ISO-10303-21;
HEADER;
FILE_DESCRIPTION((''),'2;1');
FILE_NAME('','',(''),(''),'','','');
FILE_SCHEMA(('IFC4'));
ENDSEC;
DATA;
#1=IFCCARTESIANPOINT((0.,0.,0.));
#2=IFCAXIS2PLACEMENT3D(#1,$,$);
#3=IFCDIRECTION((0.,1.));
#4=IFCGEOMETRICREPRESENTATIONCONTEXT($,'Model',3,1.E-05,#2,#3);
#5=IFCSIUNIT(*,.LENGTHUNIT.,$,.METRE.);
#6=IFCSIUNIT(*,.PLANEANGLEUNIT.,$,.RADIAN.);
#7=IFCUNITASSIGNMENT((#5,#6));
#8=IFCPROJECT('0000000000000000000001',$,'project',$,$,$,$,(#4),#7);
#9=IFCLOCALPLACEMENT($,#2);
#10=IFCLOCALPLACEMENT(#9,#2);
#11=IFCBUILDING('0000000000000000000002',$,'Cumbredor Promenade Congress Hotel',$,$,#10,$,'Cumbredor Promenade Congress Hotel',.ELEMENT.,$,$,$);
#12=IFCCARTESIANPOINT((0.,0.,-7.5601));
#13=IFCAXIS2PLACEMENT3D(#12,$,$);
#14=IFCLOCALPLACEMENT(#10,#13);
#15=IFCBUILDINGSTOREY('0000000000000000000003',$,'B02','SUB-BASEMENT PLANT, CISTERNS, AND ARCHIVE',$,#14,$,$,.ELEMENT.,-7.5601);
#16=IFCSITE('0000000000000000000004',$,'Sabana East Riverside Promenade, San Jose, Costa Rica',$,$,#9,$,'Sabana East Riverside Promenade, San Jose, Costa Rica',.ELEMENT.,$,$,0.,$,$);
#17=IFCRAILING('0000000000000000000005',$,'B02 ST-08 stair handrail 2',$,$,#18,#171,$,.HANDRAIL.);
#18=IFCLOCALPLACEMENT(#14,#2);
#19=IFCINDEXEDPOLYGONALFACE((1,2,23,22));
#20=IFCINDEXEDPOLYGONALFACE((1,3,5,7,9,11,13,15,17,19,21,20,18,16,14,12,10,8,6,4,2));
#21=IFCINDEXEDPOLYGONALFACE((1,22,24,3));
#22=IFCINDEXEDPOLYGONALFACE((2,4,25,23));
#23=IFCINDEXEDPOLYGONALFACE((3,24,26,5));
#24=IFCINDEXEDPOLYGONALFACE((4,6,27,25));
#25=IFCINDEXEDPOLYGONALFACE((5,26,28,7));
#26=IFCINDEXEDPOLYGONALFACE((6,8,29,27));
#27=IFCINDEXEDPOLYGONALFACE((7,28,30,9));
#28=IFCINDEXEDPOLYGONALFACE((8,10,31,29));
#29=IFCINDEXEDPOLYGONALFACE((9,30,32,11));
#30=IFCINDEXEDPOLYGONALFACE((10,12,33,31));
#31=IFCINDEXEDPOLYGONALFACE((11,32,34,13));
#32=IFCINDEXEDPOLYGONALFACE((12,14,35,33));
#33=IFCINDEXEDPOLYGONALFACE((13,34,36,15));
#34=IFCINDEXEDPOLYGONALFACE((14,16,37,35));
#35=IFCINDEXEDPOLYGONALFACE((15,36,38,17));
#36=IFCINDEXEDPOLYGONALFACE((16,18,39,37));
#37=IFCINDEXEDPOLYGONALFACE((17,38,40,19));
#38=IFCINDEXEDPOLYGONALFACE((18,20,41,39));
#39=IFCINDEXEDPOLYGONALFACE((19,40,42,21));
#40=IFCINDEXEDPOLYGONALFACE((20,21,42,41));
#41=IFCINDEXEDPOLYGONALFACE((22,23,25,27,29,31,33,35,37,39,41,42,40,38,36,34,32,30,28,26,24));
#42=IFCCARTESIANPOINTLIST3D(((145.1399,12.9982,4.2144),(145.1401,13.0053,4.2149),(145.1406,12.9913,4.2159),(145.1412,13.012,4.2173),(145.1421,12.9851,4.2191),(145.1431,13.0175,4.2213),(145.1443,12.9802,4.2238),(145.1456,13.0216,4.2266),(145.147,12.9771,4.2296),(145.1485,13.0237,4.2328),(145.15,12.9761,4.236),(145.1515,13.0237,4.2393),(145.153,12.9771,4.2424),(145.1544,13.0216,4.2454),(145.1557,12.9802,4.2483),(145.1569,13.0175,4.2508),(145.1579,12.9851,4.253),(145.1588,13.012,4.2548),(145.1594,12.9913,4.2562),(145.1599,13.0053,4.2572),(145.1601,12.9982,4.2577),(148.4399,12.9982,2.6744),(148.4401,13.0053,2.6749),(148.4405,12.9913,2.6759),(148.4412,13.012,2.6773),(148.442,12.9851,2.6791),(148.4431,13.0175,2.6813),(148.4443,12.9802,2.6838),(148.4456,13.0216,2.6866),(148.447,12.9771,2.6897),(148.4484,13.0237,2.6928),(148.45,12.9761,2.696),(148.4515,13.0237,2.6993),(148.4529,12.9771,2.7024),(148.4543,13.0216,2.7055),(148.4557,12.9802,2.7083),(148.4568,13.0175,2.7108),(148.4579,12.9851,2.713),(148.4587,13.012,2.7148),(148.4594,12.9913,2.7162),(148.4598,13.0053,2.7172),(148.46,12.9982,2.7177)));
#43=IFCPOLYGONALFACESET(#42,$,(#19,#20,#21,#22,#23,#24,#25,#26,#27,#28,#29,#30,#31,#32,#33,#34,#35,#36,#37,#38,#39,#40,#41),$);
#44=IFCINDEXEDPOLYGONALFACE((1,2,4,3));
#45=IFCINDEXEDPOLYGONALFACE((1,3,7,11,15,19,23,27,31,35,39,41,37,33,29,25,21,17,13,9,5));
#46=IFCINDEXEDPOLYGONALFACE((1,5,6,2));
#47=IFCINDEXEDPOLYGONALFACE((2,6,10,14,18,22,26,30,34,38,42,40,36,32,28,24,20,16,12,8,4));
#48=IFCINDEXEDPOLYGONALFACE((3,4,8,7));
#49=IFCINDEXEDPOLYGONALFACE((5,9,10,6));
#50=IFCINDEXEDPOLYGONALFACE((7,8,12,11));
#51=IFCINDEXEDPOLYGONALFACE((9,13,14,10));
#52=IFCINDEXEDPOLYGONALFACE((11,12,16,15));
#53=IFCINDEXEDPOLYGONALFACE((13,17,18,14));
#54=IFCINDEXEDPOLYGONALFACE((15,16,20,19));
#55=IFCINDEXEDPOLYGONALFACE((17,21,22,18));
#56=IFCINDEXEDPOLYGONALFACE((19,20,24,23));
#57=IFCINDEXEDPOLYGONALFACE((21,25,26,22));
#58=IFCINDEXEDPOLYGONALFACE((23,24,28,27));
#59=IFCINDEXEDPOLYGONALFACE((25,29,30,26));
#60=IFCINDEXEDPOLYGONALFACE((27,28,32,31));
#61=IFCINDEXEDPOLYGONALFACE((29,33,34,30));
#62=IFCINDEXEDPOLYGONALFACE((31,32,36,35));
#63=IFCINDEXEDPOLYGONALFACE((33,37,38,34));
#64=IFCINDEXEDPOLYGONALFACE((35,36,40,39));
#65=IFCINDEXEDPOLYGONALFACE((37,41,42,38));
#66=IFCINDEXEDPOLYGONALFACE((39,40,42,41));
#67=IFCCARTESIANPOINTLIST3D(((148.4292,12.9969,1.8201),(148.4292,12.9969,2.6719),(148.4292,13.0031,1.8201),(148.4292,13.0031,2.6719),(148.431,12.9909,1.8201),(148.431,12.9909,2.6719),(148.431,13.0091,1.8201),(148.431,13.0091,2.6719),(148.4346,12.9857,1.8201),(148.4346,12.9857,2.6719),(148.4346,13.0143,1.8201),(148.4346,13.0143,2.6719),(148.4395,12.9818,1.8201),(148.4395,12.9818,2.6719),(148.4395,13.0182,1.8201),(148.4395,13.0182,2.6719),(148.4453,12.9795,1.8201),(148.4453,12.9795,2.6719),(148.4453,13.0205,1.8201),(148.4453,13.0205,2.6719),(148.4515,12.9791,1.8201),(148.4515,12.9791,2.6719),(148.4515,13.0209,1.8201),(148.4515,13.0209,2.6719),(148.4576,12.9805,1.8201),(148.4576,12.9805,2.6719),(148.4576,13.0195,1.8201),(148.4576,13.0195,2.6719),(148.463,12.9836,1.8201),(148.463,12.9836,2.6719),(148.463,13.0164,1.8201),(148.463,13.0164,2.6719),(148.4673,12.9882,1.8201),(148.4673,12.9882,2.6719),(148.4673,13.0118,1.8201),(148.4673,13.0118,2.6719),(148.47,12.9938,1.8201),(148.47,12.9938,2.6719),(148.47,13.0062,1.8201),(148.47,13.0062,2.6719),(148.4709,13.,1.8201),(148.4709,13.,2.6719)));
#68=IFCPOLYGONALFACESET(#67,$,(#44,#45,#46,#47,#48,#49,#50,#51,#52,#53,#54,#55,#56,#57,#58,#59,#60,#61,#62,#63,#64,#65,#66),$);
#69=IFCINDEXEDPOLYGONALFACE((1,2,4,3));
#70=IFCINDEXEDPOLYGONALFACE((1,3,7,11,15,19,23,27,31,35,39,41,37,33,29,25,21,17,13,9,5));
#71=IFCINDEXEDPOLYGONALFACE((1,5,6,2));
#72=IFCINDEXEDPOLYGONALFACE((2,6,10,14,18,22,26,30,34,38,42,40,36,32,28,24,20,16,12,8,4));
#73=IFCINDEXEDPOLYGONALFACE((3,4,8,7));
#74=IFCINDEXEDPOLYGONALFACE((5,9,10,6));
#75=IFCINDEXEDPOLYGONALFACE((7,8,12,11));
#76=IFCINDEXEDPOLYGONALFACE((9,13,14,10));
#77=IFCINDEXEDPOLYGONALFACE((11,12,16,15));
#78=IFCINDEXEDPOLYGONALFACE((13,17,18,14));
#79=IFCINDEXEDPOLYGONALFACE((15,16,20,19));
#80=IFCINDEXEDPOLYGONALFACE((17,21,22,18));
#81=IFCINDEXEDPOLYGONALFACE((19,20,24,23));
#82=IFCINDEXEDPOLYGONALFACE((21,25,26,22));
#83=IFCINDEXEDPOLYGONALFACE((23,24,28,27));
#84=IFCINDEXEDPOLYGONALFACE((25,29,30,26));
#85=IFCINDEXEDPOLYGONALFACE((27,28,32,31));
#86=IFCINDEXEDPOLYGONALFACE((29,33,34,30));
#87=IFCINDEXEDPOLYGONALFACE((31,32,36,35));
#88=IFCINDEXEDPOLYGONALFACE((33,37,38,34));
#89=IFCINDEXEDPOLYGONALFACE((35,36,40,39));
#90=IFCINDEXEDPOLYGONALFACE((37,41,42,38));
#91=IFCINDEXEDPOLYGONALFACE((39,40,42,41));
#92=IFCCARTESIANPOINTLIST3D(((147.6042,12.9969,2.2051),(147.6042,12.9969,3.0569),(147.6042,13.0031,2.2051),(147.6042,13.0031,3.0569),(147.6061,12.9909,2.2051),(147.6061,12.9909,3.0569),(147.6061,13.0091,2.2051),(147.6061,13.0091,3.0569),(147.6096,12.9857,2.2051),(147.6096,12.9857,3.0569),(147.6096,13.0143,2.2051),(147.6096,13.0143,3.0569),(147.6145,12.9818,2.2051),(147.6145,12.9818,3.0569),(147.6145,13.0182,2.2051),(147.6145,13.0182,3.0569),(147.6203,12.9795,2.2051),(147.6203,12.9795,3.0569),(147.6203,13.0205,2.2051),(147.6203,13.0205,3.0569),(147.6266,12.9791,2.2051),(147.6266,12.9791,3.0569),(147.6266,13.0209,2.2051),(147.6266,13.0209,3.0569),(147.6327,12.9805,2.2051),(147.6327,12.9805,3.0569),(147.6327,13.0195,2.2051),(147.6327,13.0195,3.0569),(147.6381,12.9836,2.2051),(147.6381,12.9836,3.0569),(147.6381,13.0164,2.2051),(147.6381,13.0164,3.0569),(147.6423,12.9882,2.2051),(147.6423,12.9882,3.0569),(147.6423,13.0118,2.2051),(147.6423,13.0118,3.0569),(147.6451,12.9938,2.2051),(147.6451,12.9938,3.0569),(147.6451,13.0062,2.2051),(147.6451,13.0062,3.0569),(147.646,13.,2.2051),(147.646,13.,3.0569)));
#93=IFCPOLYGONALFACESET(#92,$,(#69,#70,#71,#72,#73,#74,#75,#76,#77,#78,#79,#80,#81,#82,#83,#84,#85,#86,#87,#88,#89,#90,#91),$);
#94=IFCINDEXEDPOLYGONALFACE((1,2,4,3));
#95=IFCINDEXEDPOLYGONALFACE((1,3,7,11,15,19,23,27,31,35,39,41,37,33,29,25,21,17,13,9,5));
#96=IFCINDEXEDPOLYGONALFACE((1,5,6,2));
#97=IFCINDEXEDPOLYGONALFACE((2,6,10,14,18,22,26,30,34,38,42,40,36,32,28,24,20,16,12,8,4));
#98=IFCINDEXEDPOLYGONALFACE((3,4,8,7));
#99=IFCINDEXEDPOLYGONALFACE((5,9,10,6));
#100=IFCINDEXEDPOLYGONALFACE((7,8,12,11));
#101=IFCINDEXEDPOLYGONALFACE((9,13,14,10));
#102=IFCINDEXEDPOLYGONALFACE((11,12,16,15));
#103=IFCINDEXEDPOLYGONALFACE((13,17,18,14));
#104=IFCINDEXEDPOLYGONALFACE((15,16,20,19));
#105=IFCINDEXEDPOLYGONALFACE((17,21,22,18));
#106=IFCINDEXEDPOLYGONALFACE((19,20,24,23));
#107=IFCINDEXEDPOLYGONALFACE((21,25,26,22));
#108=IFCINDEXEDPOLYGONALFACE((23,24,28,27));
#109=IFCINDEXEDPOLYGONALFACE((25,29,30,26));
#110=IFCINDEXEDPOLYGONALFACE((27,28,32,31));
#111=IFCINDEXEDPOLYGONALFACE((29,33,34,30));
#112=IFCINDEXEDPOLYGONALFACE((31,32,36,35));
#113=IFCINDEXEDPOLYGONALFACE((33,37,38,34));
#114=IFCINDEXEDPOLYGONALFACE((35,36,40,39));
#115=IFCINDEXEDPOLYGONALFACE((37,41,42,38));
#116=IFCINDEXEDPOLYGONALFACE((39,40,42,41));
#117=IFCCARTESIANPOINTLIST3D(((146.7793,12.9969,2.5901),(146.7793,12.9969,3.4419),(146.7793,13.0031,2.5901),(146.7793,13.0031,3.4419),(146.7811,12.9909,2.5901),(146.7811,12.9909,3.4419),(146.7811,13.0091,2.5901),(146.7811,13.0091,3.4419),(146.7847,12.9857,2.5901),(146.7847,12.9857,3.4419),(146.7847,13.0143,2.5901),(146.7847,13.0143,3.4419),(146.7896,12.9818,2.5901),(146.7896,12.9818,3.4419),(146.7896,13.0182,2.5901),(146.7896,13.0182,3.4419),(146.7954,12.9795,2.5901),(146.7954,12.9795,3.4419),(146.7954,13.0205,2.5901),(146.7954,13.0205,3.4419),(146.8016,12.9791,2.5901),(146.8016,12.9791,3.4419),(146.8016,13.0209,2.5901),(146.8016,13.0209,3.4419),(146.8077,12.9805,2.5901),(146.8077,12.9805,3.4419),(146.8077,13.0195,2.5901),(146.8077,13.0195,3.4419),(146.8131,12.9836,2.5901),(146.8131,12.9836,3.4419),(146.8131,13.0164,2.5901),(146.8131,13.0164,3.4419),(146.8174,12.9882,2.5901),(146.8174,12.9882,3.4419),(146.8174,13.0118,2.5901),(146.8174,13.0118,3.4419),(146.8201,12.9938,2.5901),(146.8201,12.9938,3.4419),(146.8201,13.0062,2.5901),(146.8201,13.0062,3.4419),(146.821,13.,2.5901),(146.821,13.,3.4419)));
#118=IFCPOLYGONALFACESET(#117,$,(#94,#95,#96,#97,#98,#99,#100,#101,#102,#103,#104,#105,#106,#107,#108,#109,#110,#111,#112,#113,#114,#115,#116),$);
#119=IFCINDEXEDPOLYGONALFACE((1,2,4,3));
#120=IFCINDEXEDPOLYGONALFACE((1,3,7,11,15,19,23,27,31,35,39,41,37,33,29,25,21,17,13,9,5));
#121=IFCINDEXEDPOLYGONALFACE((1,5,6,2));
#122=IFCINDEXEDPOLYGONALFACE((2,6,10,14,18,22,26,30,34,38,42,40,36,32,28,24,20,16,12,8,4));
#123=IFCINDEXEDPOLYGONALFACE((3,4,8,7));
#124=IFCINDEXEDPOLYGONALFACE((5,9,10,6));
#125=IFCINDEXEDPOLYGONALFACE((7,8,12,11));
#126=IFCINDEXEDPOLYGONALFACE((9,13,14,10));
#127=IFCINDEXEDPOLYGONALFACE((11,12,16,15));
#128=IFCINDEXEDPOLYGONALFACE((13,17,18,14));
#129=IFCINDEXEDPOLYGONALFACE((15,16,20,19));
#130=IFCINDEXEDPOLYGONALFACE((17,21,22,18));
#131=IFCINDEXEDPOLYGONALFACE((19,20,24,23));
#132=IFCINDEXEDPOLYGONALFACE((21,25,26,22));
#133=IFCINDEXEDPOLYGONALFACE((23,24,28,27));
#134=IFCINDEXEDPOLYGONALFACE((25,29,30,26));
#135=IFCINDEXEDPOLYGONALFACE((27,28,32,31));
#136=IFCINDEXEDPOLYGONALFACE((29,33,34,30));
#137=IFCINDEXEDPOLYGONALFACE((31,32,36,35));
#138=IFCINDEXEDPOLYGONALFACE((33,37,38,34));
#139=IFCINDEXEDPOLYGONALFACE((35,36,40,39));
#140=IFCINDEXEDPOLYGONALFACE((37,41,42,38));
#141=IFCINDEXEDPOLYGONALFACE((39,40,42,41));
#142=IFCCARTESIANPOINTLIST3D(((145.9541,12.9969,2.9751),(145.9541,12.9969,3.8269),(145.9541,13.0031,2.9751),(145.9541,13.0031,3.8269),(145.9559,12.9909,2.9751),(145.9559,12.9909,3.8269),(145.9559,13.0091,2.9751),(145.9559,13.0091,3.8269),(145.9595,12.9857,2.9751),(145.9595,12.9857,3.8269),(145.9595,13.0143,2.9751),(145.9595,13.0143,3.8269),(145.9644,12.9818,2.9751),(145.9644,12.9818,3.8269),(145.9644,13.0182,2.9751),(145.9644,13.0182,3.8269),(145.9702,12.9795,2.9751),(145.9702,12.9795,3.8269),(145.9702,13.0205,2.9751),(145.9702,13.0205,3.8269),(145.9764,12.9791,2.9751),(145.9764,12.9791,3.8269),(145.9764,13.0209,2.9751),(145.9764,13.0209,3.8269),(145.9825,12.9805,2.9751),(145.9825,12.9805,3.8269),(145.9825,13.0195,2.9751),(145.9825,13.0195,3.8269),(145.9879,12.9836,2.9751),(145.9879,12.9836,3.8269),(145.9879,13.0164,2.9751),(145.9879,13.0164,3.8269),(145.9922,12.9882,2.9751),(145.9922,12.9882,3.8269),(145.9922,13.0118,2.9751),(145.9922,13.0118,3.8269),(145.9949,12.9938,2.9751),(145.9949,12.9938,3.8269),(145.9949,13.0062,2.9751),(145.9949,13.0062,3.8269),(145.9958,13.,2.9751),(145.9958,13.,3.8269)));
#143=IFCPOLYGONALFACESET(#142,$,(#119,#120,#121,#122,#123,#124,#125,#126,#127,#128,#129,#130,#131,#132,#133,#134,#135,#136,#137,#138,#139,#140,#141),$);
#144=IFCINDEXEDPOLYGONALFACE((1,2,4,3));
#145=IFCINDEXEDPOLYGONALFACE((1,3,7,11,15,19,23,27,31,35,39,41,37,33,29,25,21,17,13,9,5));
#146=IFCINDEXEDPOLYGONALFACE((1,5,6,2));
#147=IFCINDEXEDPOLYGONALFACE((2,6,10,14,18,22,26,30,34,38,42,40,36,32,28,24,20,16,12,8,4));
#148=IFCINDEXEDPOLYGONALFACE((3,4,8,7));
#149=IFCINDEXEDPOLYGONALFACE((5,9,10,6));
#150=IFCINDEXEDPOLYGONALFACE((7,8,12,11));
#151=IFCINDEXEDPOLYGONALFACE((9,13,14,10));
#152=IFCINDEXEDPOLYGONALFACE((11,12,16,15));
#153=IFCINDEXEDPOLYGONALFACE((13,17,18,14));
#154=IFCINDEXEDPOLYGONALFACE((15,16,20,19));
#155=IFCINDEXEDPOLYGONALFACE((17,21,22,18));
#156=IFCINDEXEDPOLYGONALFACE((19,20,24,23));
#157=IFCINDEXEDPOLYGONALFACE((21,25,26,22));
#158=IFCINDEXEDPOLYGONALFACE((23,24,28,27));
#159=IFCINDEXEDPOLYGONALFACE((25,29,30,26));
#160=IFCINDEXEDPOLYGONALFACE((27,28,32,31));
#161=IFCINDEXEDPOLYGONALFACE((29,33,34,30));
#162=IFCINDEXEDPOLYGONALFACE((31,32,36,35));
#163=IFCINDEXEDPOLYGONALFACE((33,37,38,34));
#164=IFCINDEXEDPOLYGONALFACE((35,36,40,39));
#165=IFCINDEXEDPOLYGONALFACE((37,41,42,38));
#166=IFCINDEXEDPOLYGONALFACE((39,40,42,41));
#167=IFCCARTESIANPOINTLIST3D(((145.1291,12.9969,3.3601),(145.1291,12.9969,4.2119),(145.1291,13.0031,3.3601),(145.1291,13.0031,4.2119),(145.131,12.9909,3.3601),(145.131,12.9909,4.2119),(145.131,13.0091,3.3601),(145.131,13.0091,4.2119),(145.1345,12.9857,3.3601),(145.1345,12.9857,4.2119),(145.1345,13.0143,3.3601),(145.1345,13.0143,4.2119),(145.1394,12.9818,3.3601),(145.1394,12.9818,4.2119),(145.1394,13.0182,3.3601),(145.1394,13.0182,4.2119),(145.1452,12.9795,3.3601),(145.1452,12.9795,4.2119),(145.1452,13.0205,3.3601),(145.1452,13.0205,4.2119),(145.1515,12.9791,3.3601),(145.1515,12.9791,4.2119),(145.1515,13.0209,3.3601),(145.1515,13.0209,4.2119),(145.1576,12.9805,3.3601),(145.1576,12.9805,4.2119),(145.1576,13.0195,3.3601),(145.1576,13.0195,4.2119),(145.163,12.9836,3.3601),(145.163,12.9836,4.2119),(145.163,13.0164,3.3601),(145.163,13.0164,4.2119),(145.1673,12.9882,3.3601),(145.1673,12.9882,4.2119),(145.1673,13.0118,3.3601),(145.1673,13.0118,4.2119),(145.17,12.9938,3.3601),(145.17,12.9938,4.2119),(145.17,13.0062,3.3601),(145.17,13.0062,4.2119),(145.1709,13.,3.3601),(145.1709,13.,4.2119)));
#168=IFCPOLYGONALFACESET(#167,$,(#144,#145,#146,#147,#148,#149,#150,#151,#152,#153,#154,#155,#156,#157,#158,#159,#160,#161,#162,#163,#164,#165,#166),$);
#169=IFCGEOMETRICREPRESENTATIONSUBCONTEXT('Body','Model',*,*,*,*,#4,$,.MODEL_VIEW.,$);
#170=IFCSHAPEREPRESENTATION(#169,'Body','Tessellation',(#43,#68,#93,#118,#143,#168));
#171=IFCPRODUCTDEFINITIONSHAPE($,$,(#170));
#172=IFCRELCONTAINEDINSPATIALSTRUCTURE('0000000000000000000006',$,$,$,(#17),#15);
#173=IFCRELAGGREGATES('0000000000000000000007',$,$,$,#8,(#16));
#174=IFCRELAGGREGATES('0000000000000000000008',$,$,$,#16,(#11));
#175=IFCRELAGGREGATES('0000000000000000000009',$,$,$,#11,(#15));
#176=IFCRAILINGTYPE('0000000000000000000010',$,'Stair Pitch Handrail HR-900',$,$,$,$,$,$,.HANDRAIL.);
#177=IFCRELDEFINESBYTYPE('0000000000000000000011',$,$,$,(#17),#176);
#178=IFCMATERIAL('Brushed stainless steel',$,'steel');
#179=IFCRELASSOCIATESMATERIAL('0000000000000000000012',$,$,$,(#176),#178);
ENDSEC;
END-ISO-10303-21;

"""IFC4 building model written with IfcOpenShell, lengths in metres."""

from ifc_helpers import new_model, si_unit, direction, frame, origin, origin_2d, place, context, subcontext, project, spatial, circle, extrude, material, type_object, element, save


model = new_model("IFC4")

# Units and contexts
model_context = context("Model", 3, precision=1e-05, world=origin(), true_north=direction((0.0, 1.0)))
body_context = subcontext(model_context, "Body", "Model", "MODEL_VIEW")
ifc_project = project(units=[si_unit("LENGTHUNIT", "METRE"), si_unit("PLANEANGLEUNIT", "RADIAN")], contexts=[model_context])

# Site, building, storey
site_placement = place(None, origin())
site = spatial("IfcSite", under=ifc_project, at=site_placement, Name="Sabana East Riverside Promenade, San Jose, Costa Rica", LongName="Sabana East Riverside Promenade, San Jose, Costa Rica", CompositionType="ELEMENT", RefElevation=0.0)
building_placement = place(site_placement, origin())
building = spatial("IfcBuilding", under=site, at=building_placement, Name="Cumbredor Promenade Congress Hotel", LongName="Cumbredor Promenade Congress Hotel", CompositionType="ELEMENT")
storey_placement = place(building_placement, frame((0.0, 0.0, -7.5601)))
storey = spatial("IfcBuildingStorey", under=building, at=storey_placement, Name="B02", Description="SUB-BASEMENT PLANT, CISTERNS, AND ARCHIVE", CompositionType="ELEMENT", Elevation=-7.5601)

# Railing
ifc_material_1 = material(Name="Brushed stainless steel", Category="steel")
railing_type = type_object("IfcRailingType", Name="Stair Pitch Handrail HR-900", PredefinedType="HANDRAIL", material=ifc_material_1)
railing_placement = place(storey_placement, frame((148.45, 13.0, 1.8201)))
element("IfcRailing", 1, at=railing_placement, inside=storey, type_object=railing_type, Name="B02 ST-08 stair handrail 2", PredefinedType="HANDRAIL", context=body_context, shape_type="SweptSolid", body=[
    extrude(circle(Radius=0.0239, at=origin_2d()), frame((0.0, 0.0, 0.876), z_axis=(-0.906181, 0.0, 0.422889), x_axis=(0.0, -1.0, 0.0)), (0.0, 0.0, 1.0), 3.6416),
    extrude(circle(Radius=0.021, at=origin_2d()), origin(), (0.0, 0.0, 1.0), 0.8518),
    extrude(circle(Radius=0.021, at=origin_2d()), frame((-0.825, 0.0, 0.385)), (0.0, 0.0, 1.0), 0.8518),
    extrude(circle(Radius=0.021, at=origin_2d()), frame((-1.6499, 0.0, 0.77)), (0.0, 0.0, 1.0), 0.8518),
    extrude(circle(Radius=0.021, at=origin_2d()), frame((-2.4751, 0.0, 1.155)), (0.0, 0.0, 1.0), 0.8518),
    extrude(circle(Radius=0.021, at=origin_2d()), frame((-3.3, 0.0, 1.54)), (0.0, 0.0, 1.0), 0.8518),
])

save(model, "model.ifc")
